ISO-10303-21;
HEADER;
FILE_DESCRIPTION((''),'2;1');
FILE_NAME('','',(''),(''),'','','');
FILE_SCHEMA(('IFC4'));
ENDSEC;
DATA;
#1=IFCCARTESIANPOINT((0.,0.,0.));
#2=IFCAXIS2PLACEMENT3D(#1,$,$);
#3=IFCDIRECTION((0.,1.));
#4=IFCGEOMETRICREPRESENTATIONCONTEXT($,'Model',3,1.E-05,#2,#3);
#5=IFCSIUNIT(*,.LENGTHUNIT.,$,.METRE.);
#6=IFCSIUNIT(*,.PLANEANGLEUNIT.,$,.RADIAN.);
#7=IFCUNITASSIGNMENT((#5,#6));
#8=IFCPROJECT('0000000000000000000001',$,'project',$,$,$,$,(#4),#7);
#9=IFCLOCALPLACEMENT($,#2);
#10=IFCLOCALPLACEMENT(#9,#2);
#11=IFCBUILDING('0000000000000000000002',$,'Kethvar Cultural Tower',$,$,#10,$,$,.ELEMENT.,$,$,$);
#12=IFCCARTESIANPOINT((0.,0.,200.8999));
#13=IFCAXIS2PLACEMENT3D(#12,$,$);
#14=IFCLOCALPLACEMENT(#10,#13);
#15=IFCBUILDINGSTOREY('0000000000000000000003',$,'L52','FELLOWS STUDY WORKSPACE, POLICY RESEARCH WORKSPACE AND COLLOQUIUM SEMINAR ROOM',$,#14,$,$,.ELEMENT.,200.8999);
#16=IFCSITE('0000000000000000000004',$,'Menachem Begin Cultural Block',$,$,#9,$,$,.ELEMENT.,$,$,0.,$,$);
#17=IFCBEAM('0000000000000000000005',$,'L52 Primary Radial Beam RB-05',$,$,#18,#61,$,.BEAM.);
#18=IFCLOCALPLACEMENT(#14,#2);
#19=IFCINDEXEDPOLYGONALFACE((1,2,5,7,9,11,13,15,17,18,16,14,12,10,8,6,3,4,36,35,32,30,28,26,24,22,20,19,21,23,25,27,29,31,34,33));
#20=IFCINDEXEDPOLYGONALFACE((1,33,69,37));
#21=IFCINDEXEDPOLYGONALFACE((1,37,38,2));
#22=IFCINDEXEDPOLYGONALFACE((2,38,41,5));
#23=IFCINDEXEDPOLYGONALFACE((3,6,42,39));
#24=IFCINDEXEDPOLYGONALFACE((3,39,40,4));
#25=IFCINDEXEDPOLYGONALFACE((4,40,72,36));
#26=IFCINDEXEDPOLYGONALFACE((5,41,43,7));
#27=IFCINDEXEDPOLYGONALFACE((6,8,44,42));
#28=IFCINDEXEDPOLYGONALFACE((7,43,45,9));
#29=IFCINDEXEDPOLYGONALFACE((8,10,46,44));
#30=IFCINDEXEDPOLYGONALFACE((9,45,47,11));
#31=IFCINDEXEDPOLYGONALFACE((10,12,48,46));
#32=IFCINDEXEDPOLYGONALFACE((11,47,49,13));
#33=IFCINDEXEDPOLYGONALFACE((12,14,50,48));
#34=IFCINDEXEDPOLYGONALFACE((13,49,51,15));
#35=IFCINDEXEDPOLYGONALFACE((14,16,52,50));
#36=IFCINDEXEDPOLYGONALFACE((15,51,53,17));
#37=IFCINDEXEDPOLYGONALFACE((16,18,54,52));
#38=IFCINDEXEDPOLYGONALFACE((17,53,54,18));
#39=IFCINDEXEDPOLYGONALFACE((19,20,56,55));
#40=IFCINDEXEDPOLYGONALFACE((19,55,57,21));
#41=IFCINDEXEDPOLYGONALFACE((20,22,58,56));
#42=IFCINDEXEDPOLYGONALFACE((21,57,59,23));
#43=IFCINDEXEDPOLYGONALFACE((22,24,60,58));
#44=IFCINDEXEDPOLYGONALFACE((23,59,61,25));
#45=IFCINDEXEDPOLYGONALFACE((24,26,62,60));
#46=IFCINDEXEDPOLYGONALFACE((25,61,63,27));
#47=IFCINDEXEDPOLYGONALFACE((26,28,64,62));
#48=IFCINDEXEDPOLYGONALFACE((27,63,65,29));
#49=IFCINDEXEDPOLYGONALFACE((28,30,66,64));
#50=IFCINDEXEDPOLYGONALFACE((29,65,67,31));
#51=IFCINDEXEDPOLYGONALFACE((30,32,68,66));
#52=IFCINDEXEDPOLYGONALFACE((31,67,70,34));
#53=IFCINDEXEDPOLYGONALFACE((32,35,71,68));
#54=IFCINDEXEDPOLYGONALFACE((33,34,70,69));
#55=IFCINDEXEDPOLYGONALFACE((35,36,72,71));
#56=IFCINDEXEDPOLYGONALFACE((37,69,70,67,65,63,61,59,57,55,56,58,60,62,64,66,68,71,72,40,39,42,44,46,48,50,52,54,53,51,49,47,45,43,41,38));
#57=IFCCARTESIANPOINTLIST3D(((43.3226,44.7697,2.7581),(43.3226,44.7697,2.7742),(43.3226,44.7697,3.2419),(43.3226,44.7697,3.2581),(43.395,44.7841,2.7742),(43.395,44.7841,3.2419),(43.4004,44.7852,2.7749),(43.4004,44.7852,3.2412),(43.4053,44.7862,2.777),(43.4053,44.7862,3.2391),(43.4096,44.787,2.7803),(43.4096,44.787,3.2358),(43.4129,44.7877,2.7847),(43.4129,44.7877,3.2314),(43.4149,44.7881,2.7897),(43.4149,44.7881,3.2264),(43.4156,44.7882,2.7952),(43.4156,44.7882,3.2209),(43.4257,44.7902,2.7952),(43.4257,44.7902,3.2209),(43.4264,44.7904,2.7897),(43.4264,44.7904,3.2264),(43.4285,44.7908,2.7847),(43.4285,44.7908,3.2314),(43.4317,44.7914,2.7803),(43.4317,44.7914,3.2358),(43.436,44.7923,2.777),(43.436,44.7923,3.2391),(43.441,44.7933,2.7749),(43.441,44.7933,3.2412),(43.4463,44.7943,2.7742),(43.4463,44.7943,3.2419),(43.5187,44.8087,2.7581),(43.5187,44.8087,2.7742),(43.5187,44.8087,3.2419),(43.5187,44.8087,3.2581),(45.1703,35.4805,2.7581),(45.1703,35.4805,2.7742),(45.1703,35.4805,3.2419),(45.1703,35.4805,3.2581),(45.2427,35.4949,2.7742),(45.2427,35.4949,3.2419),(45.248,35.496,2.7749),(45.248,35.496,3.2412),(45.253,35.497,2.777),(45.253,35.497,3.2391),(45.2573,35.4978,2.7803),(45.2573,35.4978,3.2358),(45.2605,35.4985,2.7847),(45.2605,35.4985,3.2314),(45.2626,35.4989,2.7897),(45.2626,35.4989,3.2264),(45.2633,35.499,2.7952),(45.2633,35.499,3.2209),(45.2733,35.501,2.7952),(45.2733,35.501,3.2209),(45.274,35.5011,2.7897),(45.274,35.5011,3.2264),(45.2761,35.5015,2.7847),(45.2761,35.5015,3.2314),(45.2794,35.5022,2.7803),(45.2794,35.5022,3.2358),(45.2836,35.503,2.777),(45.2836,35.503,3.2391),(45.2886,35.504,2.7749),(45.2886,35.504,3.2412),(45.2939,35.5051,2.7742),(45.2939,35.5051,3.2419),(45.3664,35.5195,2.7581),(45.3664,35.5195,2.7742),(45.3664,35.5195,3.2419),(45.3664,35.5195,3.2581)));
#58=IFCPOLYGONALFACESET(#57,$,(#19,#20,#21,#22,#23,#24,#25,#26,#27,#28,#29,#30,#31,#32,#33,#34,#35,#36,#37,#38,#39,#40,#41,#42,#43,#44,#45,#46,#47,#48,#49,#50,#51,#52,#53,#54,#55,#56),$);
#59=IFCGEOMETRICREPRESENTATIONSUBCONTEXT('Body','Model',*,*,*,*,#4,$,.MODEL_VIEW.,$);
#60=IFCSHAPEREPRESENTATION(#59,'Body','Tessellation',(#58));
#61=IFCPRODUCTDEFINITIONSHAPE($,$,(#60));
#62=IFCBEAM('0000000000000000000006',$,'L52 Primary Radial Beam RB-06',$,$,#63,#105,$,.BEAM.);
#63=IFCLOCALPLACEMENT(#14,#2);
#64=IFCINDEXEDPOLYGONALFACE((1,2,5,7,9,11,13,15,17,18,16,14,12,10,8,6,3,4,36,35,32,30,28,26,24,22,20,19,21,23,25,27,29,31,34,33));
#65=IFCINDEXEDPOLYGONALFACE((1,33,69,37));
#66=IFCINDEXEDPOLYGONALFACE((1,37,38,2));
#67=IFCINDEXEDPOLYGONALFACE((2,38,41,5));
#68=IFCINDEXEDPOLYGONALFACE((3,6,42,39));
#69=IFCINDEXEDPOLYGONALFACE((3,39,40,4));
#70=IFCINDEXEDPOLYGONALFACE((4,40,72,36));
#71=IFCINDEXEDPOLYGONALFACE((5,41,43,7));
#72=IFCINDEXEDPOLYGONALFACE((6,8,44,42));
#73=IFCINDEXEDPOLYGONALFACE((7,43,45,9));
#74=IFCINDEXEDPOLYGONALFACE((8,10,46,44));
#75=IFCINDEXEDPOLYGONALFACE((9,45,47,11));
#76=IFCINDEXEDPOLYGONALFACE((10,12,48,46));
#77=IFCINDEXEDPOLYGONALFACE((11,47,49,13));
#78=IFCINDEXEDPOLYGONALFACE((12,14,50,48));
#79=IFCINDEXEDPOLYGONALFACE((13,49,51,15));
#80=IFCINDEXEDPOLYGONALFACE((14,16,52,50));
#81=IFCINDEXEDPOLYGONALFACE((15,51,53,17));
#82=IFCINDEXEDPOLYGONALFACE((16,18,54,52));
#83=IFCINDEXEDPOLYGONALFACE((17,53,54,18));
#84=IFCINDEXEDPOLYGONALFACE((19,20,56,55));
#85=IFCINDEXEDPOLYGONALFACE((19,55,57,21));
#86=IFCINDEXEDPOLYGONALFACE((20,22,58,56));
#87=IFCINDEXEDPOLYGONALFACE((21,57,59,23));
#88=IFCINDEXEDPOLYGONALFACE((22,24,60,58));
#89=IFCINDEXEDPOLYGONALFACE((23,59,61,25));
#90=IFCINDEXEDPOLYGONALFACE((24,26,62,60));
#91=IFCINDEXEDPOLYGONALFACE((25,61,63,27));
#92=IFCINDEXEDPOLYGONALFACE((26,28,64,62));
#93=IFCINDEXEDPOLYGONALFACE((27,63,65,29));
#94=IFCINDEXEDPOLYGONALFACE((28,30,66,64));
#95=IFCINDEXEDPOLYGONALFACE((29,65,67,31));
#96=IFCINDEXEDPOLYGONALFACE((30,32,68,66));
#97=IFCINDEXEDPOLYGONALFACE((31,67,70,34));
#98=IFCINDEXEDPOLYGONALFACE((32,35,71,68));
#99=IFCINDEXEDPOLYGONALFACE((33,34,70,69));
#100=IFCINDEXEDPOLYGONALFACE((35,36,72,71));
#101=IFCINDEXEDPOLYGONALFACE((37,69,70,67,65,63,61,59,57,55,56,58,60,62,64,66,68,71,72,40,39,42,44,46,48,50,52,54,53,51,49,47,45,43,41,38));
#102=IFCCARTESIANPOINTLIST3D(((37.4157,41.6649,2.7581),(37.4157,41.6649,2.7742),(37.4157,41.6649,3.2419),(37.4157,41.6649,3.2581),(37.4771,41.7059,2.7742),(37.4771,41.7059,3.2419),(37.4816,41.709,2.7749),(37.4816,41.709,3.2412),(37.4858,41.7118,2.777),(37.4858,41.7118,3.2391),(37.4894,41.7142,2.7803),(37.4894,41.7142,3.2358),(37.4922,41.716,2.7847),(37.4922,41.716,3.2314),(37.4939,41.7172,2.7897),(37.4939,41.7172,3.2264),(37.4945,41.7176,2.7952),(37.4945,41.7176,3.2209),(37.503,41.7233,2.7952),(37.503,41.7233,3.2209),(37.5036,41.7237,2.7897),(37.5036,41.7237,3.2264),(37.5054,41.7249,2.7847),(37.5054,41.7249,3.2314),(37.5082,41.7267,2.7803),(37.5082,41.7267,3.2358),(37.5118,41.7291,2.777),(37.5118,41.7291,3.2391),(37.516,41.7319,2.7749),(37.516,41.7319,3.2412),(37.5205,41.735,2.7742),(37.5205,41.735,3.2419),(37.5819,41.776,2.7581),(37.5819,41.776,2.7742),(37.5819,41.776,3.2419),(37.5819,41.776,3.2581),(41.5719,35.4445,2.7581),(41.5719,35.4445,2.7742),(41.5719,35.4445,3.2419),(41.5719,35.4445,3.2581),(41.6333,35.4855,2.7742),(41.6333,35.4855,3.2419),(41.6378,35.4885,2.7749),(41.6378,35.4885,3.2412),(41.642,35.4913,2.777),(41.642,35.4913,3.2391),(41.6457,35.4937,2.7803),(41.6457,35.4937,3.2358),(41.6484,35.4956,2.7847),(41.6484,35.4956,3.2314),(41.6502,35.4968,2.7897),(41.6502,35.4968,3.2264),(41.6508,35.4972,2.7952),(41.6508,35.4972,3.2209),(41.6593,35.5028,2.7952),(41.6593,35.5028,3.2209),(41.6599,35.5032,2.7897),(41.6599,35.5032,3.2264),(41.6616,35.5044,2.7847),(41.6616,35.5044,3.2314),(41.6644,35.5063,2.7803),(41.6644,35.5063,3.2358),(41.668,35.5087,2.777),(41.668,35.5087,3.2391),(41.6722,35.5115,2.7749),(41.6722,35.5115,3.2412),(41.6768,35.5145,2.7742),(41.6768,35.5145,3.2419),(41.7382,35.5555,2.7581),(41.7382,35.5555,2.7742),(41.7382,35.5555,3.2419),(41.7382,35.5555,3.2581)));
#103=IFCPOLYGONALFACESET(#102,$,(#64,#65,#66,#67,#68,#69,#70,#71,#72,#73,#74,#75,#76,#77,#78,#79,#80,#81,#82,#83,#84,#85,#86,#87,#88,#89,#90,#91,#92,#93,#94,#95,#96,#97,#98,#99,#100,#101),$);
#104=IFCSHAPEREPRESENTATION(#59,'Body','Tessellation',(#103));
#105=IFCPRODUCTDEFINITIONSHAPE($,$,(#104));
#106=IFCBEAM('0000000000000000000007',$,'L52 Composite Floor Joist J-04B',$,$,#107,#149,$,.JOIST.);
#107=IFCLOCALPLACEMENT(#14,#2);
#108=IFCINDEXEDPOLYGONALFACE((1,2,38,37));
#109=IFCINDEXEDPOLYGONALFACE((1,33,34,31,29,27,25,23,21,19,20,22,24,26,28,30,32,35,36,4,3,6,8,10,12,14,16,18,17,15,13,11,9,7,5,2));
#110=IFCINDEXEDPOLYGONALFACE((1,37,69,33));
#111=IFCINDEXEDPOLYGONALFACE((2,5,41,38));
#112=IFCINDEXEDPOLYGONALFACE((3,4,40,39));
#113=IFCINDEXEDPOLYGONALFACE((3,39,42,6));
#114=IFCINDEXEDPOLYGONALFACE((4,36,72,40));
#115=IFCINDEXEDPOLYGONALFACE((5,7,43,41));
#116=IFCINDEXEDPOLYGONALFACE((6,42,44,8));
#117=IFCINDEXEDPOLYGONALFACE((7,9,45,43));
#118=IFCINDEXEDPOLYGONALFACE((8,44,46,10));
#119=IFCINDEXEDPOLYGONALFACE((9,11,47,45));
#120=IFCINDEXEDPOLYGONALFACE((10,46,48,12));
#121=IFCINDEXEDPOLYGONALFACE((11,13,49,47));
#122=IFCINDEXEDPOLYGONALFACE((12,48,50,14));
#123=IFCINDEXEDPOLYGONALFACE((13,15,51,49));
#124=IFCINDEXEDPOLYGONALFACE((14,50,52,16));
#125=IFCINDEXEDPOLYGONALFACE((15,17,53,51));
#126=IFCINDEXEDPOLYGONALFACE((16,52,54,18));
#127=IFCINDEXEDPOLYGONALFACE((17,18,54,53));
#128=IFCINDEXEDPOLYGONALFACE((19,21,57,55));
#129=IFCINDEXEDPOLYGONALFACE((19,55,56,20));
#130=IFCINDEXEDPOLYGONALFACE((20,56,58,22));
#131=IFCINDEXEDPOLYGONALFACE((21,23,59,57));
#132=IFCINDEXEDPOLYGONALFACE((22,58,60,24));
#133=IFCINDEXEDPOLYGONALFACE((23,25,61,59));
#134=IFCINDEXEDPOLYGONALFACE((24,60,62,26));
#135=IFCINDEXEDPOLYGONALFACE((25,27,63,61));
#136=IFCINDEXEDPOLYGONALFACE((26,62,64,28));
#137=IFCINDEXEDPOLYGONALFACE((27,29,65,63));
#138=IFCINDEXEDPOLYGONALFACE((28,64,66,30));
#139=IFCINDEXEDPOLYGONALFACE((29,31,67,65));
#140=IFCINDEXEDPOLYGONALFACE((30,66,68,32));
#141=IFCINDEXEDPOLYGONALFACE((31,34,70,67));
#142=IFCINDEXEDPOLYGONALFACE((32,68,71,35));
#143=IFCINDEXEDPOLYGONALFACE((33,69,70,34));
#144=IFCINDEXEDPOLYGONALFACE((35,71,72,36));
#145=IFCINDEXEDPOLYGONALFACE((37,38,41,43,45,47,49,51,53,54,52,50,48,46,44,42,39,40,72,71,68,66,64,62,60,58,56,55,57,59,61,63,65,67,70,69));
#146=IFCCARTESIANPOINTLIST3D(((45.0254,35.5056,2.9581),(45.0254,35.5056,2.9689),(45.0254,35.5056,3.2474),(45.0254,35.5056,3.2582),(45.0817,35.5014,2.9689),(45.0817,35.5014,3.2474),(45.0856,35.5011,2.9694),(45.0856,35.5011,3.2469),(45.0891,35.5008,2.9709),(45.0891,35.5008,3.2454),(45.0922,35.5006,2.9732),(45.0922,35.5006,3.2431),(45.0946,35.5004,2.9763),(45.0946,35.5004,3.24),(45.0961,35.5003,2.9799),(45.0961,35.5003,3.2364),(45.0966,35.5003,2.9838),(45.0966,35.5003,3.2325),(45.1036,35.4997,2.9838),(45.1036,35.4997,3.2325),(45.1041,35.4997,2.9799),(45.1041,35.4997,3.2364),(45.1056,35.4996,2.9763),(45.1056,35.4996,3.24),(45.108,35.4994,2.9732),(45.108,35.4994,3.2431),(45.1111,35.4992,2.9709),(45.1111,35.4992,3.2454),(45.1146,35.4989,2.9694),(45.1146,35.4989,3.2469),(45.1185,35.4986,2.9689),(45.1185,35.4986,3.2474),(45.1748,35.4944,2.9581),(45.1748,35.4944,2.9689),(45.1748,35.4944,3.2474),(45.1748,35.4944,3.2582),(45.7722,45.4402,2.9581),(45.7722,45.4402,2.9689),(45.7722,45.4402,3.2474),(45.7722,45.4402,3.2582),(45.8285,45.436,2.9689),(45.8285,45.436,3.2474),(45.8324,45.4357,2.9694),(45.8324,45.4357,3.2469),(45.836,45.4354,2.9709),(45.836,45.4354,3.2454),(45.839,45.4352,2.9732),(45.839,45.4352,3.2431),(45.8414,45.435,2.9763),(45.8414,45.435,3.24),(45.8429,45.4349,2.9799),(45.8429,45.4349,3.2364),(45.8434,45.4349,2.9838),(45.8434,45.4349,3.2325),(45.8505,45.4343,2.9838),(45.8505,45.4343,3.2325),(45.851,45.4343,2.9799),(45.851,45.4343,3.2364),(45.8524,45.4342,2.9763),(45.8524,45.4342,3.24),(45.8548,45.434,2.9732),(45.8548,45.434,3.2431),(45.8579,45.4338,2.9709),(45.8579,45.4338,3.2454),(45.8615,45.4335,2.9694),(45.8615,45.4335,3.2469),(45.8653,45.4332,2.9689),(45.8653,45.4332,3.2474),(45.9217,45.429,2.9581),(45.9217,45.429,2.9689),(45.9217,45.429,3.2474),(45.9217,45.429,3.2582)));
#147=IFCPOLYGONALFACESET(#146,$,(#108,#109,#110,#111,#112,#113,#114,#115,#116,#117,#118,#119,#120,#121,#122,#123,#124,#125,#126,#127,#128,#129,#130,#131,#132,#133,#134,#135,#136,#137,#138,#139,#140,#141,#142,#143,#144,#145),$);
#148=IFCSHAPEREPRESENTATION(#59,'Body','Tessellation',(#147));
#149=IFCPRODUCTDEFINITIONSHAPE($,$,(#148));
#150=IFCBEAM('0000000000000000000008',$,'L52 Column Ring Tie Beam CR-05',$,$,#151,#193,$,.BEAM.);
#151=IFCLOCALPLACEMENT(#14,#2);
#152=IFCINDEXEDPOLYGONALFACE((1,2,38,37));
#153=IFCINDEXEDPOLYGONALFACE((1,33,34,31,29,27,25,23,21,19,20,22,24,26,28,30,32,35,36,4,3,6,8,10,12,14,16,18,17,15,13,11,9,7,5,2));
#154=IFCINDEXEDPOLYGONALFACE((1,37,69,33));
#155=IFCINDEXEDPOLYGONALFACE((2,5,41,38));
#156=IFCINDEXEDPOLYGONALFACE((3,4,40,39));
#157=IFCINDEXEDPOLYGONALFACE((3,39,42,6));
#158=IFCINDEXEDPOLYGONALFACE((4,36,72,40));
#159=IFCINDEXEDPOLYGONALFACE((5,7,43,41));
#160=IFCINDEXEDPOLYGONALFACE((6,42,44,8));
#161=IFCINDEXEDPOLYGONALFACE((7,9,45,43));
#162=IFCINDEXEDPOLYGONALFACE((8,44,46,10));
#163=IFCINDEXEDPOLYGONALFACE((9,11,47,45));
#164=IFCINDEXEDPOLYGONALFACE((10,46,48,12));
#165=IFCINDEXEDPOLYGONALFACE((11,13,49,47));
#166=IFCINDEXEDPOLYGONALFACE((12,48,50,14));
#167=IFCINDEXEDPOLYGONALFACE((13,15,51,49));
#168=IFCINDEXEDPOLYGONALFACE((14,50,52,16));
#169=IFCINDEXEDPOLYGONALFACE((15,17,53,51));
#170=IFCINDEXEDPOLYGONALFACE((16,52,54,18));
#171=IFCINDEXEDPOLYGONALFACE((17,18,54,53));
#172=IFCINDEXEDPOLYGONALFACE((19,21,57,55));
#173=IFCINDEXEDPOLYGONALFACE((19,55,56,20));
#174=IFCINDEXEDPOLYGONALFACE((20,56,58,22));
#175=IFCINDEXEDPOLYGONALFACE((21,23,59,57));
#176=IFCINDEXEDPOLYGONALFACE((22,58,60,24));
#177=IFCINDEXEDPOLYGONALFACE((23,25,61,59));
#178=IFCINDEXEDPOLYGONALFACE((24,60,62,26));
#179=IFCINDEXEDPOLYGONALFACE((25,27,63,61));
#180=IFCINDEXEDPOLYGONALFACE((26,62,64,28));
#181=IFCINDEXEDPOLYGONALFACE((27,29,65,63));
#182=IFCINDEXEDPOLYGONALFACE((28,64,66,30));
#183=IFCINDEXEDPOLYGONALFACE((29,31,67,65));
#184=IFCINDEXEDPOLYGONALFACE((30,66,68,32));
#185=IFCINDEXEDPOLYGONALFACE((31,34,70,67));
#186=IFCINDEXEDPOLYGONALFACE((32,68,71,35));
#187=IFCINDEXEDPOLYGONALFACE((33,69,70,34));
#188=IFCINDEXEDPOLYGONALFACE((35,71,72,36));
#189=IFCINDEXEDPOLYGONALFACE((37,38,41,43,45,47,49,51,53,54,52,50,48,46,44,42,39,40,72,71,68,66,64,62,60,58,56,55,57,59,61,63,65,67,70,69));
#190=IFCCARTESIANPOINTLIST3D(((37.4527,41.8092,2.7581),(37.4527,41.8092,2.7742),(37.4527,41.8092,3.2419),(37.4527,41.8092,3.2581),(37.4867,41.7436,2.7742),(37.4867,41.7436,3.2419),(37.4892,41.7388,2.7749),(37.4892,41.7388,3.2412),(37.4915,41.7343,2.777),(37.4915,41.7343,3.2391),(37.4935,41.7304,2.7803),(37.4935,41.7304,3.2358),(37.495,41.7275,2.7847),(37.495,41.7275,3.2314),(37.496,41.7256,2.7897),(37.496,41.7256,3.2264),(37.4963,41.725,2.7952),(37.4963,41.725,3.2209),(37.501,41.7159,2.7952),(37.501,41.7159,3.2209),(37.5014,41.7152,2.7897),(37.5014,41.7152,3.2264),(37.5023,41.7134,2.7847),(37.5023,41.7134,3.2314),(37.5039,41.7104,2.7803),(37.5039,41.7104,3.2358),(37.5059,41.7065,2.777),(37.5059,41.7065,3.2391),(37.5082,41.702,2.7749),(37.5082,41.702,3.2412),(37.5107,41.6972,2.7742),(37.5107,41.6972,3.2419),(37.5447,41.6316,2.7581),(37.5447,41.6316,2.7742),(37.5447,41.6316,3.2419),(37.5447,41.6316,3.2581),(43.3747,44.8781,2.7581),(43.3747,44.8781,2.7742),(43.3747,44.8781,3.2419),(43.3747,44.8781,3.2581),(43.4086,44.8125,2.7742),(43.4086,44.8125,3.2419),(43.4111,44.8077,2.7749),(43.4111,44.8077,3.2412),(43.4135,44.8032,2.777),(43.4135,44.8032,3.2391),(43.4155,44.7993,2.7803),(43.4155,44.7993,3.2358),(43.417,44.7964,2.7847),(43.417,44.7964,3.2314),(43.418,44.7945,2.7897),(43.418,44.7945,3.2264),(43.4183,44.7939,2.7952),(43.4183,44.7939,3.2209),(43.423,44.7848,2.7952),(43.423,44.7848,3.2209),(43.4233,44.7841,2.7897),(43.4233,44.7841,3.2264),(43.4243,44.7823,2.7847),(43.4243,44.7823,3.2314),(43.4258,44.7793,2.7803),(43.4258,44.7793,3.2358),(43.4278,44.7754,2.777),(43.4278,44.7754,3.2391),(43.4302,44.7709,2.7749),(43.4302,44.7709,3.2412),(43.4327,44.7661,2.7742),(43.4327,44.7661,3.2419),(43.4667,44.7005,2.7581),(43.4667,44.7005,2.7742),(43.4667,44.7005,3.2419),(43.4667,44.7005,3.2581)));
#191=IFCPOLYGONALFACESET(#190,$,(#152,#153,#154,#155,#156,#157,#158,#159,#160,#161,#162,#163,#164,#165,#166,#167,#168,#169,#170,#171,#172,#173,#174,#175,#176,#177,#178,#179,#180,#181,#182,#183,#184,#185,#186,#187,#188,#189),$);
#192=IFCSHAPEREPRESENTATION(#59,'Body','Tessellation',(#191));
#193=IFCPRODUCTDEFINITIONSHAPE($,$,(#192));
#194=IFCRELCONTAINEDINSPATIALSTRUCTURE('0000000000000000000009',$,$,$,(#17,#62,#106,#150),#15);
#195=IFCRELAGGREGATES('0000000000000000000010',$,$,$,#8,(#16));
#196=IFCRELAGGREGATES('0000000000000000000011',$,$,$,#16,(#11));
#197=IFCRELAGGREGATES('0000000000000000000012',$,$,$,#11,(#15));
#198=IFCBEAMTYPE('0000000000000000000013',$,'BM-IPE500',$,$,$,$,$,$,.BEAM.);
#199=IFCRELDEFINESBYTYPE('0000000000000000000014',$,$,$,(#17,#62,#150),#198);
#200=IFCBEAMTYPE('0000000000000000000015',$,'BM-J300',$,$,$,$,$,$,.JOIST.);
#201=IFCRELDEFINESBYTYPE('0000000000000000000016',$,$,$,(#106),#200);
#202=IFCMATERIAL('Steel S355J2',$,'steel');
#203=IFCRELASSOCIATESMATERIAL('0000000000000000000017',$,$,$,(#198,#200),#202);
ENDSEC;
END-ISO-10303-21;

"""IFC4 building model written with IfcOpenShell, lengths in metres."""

from ifc_helpers import new_model, si_unit, direction, frame, origin, origin_2d, place, context, subcontext, project, spatial, i_section, extrude, source, transform, mapped, material, material_profile, profile_set, type_object, element, save


model = new_model("IFC4")

# Units and contexts
model_context = context("Model", 3, precision=1e-05, world=origin(), true_north=direction((0.0, 1.0)))
body_context = subcontext(model_context, "Body", "Model", "MODEL_VIEW")
ifc_project = project(units=[si_unit("LENGTHUNIT", "METRE"), si_unit("PLANEANGLEUNIT", "RADIAN")], contexts=[model_context])

# Site, building, storey
site_placement = place(None, origin())
site = spatial("IfcSite", under=ifc_project, at=site_placement, Name="Menachem Begin Cultural Block", CompositionType="ELEMENT", RefElevation=0.0)
building_placement = place(site_placement, origin())
building = spatial("IfcBuilding", under=site, at=building_placement, Name="Kethvar Cultural Tower", CompositionType="ELEMENT")
storey_placement = place(building_placement, frame((0.0, 0.0, 200.8999)))
storey = spatial("IfcBuildingStorey", under=building, at=storey_placement, Name="L52", Description="FELLOWS STUDY WORKSPACE, POLICY RESEARCH WORKSPACE AND COLLOQUIUM SEMINAR ROOM", CompositionType="ELEMENT", Elevation=200.8999)

# Beams
ifc_material_1 = material(Name="Steel S355J2", Category="steel")
ifc_material_profile_1 = material_profile(ifc_material_1, i_section(OverallWidth=0.2, OverallDepth=0.5, WebThickness=0.0103, FlangeThickness=0.0161, FilletRadius=0.021, at=origin_2d()), Name="Steel S355J2 — IPE500")
ifc_profile_set_1 = profile_set([ifc_material_profile_1], Name="Steel S355J2 — IPE500")
beam_type_1 = type_object("IfcBeamType", Name="BM-IPE500", PredefinedType="BEAM", material=ifc_profile_set_1)
shared_shape_1 = source(origin(), body_context, "Body", "SweptSolid", [
    extrude(i_section(OverallWidth=0.2, OverallDepth=0.5, WebThickness=0.0103, FlangeThickness=0.0161, FilletRadius=0.021, at=origin_2d()), origin(), (0.0, 0.0, 1.0), 9.4712),
])
beam_1_placement = place(storey_placement, frame((45.2683, 35.5, 3.0081), z_axis=(-0.19508, 0.980787, 0.0), x_axis=(-0.980787, -0.19508, 0.0)))
element("IfcBeam", 1, at=beam_1_placement, inside=storey, type_object=beam_type_1, Name="L52 Primary Radial Beam RB-05", PredefinedType="BEAM", context=body_context, shape_type="MappedRepresentation", body=[
    mapped(shared_shape_1, transform((0.0, 0.0, 0.0), scale=1.0)),
])
shared_shape_2 = source(origin(), body_context, "Body", "SweptSolid", [
    extrude(i_section(OverallWidth=0.2, OverallDepth=0.5, WebThickness=0.0103, FlangeThickness=0.0161, FilletRadius=0.021, at=origin_2d()), origin(), (0.0, 0.0, 1.0), 7.4812),
])
beam_2_placement = place(storey_placement, frame((41.655, 35.5, 3.0081), z_axis=(-0.555558, 0.831478, 0.0), x_axis=(-0.831478, -0.555558, 0.0)))
element("IfcBeam", 2, at=beam_2_placement, inside=storey, type_object=beam_type_1, Name="L52 Primary Radial Beam RB-06", PredefinedType="BEAM", context=body_context, shape_type="MappedRepresentation", body=[
    mapped(shared_shape_2, transform((0.0, 0.0, 0.0), scale=1.0)),
])
ifc_material_profile_2 = material_profile(ifc_material_1, i_section(OverallWidth=0.1499, OverallDepth=0.3, WebThickness=0.0071, FlangeThickness=0.0107, FilletRadius=0.0149, at=origin_2d()), Name="Steel S355J2 — IPE300")
ifc_profile_set_2 = profile_set([ifc_material_profile_2], Name="Steel S355J2 — IPE300")
beam_type_2 = type_object("IfcBeamType", Name="BM-J300", PredefinedType="JOIST", material=ifc_profile_set_2)
shared_shape_3 = source(origin(), body_context, "Body", "SweptSolid", [
    extrude(i_section(OverallWidth=0.1499, OverallDepth=0.3, WebThickness=0.0071, FlangeThickness=0.0107, FilletRadius=0.0149, at=origin_2d()), origin(), (0.0, 0.0, 1.0), 9.9626),
])
beam_3_placement = place(storey_placement, frame((45.1001, 35.5, 3.1082), z_axis=(0.074963, 0.997186, 0.0), x_axis=(-0.997186, 0.074963, 0.0)))
element("IfcBeam", 3, at=beam_3_placement, inside=storey, type_object=beam_type_2, Name="L52 Composite Floor Joist J-04B", PredefinedType="JOIST", context=body_context, shape_type="MappedRepresentation", body=[
    mapped(shared_shape_3, transform((0.0, 0.0, 0.0), scale=1.0)),
])
shared_shape_4 = source(origin(), body_context, "Body", "SweptSolid", [
    extrude(i_section(OverallWidth=0.2, OverallDepth=0.5, WebThickness=0.0103, FlangeThickness=0.0161, FilletRadius=0.021, at=origin_2d()), origin(), (0.0, 0.0, 1.0), 6.6699),
])
beam_4_placement = place(storey_placement, frame((43.4207, 44.7893, 3.0081), z_axis=(-0.887862, -0.46011, 0.0), x_axis=(0.46011, -0.887862, 0.0)))
element("IfcBeam", 4, at=beam_4_placement, inside=storey, type_object=beam_type_1, Name="L52 Column Ring Tie Beam CR-05", PredefinedType="BEAM", context=body_context, shape_type="MappedRepresentation", body=[
    mapped(shared_shape_4, transform((0.0, 0.0, 0.0), scale=1.0)),
])

save(model, "model.ifc")
